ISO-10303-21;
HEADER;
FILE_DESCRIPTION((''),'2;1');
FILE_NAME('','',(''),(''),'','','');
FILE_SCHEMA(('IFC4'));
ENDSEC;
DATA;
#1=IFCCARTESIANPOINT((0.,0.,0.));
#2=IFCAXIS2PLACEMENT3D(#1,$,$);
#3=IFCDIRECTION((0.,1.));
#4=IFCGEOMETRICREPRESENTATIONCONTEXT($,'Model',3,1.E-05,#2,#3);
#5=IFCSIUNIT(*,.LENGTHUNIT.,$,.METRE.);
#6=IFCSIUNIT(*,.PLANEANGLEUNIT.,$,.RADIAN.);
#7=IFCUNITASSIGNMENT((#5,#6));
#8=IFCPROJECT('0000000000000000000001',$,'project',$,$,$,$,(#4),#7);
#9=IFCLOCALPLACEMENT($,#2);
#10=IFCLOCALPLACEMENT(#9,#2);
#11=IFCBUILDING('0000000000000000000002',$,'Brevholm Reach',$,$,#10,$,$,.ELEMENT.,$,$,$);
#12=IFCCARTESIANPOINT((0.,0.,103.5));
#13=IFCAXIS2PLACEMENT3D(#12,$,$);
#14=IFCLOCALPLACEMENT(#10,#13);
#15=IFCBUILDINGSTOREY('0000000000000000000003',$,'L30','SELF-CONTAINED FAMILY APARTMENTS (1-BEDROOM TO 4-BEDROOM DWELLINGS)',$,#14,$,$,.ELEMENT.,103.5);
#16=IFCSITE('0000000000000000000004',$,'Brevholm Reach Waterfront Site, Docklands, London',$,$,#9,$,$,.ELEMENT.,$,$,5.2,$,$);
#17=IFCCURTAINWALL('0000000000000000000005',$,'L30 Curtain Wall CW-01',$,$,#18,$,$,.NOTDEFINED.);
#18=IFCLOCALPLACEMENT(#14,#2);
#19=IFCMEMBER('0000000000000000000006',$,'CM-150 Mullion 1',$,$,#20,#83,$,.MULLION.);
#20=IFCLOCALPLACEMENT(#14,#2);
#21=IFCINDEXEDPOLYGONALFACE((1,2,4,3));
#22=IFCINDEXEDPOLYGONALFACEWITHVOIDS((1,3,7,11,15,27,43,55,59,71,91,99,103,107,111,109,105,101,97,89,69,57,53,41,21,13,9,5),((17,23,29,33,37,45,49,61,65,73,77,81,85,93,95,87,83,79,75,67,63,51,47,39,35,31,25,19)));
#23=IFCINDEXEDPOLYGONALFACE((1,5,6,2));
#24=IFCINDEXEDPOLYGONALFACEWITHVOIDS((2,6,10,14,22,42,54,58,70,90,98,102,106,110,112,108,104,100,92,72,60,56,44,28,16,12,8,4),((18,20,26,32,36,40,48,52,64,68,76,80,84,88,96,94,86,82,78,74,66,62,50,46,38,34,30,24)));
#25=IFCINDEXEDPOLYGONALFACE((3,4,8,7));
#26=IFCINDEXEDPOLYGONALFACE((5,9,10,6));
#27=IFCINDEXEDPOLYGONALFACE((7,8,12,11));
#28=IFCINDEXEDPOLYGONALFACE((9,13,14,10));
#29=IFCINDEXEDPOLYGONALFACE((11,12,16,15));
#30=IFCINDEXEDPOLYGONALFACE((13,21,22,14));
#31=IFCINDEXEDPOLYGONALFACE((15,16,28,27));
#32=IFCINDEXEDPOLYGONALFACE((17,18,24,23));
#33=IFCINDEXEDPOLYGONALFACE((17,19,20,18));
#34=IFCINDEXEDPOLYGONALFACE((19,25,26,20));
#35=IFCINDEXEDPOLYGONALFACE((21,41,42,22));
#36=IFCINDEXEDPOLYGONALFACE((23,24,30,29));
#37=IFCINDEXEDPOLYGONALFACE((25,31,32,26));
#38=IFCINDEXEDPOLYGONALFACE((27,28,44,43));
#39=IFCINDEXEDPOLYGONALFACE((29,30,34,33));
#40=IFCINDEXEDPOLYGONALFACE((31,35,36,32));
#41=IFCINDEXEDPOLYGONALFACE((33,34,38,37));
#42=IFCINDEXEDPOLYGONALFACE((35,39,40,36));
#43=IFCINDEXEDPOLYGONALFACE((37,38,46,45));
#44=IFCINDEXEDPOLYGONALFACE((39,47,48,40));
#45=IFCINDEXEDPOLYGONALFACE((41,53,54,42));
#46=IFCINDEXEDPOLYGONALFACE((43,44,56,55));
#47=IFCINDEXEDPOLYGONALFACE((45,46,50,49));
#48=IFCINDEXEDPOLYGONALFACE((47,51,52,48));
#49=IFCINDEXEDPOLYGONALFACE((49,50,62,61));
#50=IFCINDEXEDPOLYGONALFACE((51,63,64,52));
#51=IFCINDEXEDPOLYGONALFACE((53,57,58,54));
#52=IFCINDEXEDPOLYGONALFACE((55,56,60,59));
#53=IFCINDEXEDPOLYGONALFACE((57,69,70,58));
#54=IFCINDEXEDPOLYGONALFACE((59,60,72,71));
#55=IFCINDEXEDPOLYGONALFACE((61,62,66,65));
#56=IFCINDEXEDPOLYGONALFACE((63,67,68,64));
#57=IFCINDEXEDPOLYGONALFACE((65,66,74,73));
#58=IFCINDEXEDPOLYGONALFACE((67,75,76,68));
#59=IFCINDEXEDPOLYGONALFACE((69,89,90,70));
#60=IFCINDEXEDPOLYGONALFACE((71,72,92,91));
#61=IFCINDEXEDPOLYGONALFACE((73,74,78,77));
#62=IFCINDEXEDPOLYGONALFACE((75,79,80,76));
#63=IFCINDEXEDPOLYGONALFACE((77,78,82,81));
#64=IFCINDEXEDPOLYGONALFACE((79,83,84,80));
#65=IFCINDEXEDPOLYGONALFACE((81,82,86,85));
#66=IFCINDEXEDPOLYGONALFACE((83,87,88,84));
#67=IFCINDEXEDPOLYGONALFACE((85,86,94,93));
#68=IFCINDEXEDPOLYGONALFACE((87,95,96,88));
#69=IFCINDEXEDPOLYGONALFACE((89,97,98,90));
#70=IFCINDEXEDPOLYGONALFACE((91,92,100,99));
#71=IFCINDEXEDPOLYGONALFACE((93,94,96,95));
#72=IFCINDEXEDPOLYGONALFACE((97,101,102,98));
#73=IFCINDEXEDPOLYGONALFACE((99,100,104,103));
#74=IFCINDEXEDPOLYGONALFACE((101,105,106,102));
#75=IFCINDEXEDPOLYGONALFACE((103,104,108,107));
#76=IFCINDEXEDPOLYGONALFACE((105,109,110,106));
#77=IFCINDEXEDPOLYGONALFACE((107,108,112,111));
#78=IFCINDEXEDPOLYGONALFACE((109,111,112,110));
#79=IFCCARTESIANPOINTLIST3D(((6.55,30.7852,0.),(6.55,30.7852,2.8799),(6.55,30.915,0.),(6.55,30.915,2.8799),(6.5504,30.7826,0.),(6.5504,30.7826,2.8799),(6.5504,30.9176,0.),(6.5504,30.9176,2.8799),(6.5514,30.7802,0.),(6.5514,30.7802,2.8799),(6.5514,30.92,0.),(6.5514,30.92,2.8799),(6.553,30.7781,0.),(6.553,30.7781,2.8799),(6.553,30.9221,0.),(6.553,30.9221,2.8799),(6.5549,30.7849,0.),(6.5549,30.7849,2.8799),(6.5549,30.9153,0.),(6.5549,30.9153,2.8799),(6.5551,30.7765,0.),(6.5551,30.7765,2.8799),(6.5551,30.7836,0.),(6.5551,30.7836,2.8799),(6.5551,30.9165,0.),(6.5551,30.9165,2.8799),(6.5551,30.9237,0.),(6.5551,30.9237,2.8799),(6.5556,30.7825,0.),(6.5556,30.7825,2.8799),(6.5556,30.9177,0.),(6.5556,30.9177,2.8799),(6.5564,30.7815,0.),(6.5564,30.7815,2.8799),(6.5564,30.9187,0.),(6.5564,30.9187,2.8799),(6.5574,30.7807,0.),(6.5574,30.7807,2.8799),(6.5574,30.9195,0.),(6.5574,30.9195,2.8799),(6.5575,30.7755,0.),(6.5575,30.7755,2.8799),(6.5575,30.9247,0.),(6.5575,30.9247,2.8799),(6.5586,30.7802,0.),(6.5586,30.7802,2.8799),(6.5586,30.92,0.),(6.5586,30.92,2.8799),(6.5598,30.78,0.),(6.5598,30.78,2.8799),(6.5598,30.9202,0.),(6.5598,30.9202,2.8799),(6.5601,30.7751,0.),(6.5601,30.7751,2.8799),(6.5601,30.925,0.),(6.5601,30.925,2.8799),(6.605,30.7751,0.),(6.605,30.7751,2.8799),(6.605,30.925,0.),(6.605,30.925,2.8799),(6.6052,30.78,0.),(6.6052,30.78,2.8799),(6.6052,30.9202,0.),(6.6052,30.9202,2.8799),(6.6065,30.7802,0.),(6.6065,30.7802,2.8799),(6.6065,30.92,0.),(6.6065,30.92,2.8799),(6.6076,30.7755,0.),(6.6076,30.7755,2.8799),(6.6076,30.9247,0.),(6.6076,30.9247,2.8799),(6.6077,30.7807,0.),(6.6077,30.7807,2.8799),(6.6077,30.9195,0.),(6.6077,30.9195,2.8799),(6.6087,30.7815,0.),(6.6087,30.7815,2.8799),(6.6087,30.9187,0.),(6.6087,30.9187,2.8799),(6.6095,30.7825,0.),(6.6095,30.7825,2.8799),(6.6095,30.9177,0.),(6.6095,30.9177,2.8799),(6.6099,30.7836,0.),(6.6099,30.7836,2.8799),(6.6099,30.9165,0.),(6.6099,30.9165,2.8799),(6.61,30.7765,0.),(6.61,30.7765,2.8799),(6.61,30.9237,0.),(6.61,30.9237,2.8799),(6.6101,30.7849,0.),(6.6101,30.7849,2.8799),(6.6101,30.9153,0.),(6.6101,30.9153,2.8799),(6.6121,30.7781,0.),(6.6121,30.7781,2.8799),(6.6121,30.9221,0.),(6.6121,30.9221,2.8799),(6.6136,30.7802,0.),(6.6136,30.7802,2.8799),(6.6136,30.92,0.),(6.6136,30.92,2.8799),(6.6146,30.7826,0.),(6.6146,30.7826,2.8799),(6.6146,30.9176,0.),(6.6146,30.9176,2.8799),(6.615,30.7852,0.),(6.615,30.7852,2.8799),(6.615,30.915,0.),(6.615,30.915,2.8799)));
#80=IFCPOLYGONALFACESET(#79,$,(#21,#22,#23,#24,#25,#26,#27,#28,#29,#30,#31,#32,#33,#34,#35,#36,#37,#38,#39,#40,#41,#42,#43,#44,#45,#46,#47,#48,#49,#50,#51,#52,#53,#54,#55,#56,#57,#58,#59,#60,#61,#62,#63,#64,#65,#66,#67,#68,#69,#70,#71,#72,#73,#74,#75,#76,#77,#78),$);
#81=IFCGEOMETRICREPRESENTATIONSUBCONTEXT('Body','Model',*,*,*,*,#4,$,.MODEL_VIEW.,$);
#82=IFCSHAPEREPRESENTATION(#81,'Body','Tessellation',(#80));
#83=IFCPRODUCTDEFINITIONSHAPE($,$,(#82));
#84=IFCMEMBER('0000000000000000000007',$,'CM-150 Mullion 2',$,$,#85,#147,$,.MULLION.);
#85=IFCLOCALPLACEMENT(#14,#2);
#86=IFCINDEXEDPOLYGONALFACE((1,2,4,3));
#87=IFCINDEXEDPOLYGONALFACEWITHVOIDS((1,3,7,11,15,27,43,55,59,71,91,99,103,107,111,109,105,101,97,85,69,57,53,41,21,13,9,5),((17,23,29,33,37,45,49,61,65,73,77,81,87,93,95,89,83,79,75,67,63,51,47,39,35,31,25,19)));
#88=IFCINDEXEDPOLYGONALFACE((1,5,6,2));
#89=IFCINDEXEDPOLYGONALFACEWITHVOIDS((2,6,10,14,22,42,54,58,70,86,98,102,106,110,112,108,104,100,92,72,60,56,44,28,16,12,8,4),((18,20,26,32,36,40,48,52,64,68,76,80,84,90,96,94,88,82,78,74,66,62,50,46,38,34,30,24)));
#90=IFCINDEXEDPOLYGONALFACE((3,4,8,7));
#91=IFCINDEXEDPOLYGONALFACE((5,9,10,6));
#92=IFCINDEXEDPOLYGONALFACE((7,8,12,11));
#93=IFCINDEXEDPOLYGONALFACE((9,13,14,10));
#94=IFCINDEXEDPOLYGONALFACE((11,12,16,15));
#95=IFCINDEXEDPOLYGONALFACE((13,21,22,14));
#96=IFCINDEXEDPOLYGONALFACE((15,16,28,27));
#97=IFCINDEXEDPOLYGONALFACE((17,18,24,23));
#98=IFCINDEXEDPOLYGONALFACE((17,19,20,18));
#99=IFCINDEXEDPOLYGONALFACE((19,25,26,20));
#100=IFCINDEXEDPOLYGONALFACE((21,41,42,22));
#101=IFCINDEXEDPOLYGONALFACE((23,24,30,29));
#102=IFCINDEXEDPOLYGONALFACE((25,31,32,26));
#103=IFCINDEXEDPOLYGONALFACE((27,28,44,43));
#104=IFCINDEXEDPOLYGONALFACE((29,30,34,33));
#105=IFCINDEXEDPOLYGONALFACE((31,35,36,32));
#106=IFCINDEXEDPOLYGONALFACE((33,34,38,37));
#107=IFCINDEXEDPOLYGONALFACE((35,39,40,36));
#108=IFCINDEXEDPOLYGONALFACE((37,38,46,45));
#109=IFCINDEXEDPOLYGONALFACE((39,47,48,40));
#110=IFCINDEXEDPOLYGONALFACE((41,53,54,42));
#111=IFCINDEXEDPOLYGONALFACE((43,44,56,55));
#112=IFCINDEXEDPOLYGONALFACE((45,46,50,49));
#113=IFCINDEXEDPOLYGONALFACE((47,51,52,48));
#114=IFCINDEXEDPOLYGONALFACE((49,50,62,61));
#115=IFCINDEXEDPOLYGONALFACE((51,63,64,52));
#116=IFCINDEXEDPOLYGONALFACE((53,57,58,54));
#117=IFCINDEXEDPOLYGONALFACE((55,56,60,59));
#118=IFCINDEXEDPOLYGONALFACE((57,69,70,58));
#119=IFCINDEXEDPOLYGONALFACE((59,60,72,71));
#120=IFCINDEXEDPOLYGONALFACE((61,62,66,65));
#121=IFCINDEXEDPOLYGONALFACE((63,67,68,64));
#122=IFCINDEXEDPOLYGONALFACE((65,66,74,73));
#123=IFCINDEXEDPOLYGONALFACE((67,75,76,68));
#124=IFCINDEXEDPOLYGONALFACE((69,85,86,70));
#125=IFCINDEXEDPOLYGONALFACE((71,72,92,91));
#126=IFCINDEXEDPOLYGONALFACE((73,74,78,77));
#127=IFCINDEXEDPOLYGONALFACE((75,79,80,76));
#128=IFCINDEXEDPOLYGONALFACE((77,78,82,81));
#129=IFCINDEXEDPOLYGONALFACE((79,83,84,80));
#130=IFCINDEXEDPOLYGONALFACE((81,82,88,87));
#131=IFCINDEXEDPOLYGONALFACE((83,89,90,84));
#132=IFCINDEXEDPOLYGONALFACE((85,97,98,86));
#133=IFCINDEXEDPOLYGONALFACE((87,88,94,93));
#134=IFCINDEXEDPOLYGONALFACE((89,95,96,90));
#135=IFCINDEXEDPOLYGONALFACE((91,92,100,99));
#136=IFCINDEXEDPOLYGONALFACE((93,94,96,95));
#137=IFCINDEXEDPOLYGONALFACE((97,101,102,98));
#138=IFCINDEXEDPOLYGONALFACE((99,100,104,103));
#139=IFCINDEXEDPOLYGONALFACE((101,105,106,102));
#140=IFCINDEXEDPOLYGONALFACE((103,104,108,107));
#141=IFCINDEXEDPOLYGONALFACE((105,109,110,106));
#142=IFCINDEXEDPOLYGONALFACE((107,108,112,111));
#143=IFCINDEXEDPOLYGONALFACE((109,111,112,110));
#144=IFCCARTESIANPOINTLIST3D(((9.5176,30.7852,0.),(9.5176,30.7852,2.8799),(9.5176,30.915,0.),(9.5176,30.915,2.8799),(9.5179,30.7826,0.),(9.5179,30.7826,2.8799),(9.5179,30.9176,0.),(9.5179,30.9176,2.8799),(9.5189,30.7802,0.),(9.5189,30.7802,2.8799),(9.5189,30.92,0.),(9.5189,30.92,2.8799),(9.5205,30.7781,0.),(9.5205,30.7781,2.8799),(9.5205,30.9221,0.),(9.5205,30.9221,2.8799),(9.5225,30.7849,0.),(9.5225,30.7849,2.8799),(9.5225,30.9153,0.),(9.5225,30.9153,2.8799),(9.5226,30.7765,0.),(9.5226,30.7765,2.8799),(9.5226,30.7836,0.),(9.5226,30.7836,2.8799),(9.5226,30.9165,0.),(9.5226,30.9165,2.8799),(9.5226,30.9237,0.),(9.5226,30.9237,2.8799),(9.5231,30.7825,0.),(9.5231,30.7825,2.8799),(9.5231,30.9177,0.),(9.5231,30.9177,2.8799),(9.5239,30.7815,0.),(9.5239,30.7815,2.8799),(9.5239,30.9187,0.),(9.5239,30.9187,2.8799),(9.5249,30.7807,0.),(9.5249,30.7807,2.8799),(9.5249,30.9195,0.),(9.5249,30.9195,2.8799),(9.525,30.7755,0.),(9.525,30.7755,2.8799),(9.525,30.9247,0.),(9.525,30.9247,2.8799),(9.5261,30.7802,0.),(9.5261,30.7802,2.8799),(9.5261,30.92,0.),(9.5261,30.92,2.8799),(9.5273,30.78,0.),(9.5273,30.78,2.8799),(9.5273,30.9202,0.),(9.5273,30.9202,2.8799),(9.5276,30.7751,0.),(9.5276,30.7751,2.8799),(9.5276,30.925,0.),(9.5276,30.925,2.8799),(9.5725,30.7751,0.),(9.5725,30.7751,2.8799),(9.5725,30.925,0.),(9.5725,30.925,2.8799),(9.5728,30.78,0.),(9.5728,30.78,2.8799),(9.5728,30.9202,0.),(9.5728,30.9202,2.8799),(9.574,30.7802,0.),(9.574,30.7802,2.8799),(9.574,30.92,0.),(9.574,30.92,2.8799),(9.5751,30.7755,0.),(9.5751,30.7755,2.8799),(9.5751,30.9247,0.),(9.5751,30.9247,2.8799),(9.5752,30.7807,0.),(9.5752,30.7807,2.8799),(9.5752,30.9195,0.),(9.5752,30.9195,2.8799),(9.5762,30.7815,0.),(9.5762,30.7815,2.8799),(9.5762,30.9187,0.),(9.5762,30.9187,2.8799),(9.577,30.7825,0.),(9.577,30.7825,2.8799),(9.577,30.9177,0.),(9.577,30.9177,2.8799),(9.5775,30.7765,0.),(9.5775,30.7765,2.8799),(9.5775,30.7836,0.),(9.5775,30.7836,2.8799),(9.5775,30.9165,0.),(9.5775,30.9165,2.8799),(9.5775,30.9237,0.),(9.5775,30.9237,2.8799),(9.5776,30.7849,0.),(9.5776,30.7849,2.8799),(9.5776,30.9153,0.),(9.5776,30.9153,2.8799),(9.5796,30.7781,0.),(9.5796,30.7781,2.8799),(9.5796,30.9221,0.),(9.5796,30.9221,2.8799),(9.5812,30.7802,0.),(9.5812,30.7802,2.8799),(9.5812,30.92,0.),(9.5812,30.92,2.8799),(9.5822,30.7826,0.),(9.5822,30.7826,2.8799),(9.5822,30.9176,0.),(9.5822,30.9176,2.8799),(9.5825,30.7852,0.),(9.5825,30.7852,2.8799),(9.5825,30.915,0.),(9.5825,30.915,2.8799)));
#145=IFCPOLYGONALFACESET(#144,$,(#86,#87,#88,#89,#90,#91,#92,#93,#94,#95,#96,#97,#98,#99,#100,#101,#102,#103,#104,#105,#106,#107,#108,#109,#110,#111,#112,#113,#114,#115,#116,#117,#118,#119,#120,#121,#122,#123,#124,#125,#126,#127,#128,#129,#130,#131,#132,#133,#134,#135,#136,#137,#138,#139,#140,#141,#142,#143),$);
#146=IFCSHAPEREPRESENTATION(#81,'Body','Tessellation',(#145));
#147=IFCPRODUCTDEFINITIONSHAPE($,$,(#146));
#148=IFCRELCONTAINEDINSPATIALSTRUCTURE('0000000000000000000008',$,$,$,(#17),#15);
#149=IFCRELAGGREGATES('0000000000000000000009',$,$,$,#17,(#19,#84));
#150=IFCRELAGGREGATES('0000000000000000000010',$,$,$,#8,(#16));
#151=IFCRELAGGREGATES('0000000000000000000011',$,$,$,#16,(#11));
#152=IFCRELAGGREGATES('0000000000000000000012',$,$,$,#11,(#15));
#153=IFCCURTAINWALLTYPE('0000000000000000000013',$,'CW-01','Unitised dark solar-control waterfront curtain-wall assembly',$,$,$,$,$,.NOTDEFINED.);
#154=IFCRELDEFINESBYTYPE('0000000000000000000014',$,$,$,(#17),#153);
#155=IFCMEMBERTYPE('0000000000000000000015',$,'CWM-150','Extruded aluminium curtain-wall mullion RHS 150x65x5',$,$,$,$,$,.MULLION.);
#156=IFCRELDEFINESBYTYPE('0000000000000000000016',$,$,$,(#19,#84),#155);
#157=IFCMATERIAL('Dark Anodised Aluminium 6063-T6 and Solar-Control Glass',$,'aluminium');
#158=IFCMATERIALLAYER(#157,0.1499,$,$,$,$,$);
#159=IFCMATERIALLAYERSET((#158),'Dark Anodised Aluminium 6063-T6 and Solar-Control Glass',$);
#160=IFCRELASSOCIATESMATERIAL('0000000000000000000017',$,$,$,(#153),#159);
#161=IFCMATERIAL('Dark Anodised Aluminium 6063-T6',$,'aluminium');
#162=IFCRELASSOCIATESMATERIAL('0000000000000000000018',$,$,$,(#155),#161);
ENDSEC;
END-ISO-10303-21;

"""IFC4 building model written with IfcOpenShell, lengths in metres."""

from ifc_helpers import new_model, si_unit, direction, frame, origin, origin_2d, place, context, subcontext, project, spatial, hollow_rectangle, extrude, material, layer, layer_set, material_profile, profile_set, type_object, element, aggregate, save


model = new_model("IFC4")

# Units and contexts
model_context = context("Model", 3, precision=1e-05, world=origin(), true_north=direction((0.0, 1.0)))
body_context = subcontext(model_context, "Body", "Model", "MODEL_VIEW")
ifc_project = project(units=[si_unit("LENGTHUNIT", "METRE"), si_unit("PLANEANGLEUNIT", "RADIAN")], contexts=[model_context])

# Site, building, storey
site_placement = place(None, origin())
site = spatial("IfcSite", under=ifc_project, at=site_placement, Name="Brevholm Reach Waterfront Site, Docklands, London", CompositionType="ELEMENT", RefElevation=5.2)
building_placement = place(site_placement, origin())
building = spatial("IfcBuilding", under=site, at=building_placement, Name="Brevholm Reach", CompositionType="ELEMENT")
storey_placement = place(building_placement, frame((0.0, 0.0, 103.5)))
storey = spatial("IfcBuildingStorey", under=building, at=storey_placement, Name="L30", Description="SELF-CONTAINED FAMILY APARTMENTS (1-BEDROOM TO 4-BEDROOM DWELLINGS)", CompositionType="ELEMENT", Elevation=103.5)

# Curtain wall, members
ifc_material_1 = material(Name="Dark Anodised Aluminium 6063-T6 and Solar-Control Glass", Category="aluminium")
ifc_layer_1 = layer(ifc_material_1, 0.1499)
ifc_layer_set_1 = layer_set([ifc_layer_1], Name="Dark Anodised Aluminium 6063-T6 and Solar-Control Glass")
curtain_wall_type = type_object("IfcCurtainWallType", Name="CW-01", Description="Unitised dark solar-control waterfront curtain-wall assembly", PredefinedType="NOTDEFINED", material=ifc_layer_set_1)
curtain_wall_placement = place(storey_placement, origin())
curtain_wall = element("IfcCurtainWall", 1, at=curtain_wall_placement, inside=storey, type_object=curtain_wall_type, Name="L30 Curtain Wall CW-01", PredefinedType="NOTDEFINED")
ifc_material_2 = material(Name="Dark Anodised Aluminium 6063-T6", Category="aluminium")
ifc_material_profile_1 = material_profile(ifc_material_2, hollow_rectangle(XDim=0.0649, YDim=0.1499, WallThickness=0.0049, InnerFilletRadius=0.0049, OuterFilletRadius=0.01, at=origin_2d()), Name="RHS 150x65x5")
ifc_profile_set_1 = profile_set([ifc_material_profile_1], Name="Dark Anodised Aluminium 6063-T6")
member_type_1 = type_object("IfcMemberType", Name="CWM-150", Description="Extruded aluminium curtain-wall mullion RHS 150x65x5", PredefinedType="MULLION", material=ifc_profile_set_1)
member_1_placement = place(storey_placement, frame((6.5825, 30.8501, 0.0), z_axis=(0.0, 0.0, 1.0), x_axis=(1.0, 0.0, 0.0)))
member_1 = element("IfcMember", 2, at=member_1_placement, type_object=member_type_1, Name="CM-150 Mullion 1", PredefinedType="MULLION", context=body_context, shape_type="SweptSolid", body=[
    extrude(hollow_rectangle(XDim=0.0649, YDim=0.1499, WallThickness=0.0049, InnerFilletRadius=0.0049, OuterFilletRadius=0.01, at=origin_2d()), origin(), (0.0, 0.0, 1.0), 2.8799),
])
member_2_placement = place(storey_placement, frame((9.55, 30.8501, 0.0), z_axis=(0.0, 0.0, 1.0), x_axis=(1.0, 0.0, 0.0)))
member_2 = element("IfcMember", 3, at=member_2_placement, type_object=member_type_1, Name="CM-150 Mullion 2", PredefinedType="MULLION", context=body_context, shape_type="SweptSolid", body=[
    extrude(hollow_rectangle(XDim=0.0649, YDim=0.1499, WallThickness=0.0049, InnerFilletRadius=0.0049, OuterFilletRadius=0.01, at=origin_2d()), origin(), (0.0, 0.0, 1.0), 2.8799),
])
aggregate(curtain_wall, [member_1, member_2])

save(model, "model.ifc")
